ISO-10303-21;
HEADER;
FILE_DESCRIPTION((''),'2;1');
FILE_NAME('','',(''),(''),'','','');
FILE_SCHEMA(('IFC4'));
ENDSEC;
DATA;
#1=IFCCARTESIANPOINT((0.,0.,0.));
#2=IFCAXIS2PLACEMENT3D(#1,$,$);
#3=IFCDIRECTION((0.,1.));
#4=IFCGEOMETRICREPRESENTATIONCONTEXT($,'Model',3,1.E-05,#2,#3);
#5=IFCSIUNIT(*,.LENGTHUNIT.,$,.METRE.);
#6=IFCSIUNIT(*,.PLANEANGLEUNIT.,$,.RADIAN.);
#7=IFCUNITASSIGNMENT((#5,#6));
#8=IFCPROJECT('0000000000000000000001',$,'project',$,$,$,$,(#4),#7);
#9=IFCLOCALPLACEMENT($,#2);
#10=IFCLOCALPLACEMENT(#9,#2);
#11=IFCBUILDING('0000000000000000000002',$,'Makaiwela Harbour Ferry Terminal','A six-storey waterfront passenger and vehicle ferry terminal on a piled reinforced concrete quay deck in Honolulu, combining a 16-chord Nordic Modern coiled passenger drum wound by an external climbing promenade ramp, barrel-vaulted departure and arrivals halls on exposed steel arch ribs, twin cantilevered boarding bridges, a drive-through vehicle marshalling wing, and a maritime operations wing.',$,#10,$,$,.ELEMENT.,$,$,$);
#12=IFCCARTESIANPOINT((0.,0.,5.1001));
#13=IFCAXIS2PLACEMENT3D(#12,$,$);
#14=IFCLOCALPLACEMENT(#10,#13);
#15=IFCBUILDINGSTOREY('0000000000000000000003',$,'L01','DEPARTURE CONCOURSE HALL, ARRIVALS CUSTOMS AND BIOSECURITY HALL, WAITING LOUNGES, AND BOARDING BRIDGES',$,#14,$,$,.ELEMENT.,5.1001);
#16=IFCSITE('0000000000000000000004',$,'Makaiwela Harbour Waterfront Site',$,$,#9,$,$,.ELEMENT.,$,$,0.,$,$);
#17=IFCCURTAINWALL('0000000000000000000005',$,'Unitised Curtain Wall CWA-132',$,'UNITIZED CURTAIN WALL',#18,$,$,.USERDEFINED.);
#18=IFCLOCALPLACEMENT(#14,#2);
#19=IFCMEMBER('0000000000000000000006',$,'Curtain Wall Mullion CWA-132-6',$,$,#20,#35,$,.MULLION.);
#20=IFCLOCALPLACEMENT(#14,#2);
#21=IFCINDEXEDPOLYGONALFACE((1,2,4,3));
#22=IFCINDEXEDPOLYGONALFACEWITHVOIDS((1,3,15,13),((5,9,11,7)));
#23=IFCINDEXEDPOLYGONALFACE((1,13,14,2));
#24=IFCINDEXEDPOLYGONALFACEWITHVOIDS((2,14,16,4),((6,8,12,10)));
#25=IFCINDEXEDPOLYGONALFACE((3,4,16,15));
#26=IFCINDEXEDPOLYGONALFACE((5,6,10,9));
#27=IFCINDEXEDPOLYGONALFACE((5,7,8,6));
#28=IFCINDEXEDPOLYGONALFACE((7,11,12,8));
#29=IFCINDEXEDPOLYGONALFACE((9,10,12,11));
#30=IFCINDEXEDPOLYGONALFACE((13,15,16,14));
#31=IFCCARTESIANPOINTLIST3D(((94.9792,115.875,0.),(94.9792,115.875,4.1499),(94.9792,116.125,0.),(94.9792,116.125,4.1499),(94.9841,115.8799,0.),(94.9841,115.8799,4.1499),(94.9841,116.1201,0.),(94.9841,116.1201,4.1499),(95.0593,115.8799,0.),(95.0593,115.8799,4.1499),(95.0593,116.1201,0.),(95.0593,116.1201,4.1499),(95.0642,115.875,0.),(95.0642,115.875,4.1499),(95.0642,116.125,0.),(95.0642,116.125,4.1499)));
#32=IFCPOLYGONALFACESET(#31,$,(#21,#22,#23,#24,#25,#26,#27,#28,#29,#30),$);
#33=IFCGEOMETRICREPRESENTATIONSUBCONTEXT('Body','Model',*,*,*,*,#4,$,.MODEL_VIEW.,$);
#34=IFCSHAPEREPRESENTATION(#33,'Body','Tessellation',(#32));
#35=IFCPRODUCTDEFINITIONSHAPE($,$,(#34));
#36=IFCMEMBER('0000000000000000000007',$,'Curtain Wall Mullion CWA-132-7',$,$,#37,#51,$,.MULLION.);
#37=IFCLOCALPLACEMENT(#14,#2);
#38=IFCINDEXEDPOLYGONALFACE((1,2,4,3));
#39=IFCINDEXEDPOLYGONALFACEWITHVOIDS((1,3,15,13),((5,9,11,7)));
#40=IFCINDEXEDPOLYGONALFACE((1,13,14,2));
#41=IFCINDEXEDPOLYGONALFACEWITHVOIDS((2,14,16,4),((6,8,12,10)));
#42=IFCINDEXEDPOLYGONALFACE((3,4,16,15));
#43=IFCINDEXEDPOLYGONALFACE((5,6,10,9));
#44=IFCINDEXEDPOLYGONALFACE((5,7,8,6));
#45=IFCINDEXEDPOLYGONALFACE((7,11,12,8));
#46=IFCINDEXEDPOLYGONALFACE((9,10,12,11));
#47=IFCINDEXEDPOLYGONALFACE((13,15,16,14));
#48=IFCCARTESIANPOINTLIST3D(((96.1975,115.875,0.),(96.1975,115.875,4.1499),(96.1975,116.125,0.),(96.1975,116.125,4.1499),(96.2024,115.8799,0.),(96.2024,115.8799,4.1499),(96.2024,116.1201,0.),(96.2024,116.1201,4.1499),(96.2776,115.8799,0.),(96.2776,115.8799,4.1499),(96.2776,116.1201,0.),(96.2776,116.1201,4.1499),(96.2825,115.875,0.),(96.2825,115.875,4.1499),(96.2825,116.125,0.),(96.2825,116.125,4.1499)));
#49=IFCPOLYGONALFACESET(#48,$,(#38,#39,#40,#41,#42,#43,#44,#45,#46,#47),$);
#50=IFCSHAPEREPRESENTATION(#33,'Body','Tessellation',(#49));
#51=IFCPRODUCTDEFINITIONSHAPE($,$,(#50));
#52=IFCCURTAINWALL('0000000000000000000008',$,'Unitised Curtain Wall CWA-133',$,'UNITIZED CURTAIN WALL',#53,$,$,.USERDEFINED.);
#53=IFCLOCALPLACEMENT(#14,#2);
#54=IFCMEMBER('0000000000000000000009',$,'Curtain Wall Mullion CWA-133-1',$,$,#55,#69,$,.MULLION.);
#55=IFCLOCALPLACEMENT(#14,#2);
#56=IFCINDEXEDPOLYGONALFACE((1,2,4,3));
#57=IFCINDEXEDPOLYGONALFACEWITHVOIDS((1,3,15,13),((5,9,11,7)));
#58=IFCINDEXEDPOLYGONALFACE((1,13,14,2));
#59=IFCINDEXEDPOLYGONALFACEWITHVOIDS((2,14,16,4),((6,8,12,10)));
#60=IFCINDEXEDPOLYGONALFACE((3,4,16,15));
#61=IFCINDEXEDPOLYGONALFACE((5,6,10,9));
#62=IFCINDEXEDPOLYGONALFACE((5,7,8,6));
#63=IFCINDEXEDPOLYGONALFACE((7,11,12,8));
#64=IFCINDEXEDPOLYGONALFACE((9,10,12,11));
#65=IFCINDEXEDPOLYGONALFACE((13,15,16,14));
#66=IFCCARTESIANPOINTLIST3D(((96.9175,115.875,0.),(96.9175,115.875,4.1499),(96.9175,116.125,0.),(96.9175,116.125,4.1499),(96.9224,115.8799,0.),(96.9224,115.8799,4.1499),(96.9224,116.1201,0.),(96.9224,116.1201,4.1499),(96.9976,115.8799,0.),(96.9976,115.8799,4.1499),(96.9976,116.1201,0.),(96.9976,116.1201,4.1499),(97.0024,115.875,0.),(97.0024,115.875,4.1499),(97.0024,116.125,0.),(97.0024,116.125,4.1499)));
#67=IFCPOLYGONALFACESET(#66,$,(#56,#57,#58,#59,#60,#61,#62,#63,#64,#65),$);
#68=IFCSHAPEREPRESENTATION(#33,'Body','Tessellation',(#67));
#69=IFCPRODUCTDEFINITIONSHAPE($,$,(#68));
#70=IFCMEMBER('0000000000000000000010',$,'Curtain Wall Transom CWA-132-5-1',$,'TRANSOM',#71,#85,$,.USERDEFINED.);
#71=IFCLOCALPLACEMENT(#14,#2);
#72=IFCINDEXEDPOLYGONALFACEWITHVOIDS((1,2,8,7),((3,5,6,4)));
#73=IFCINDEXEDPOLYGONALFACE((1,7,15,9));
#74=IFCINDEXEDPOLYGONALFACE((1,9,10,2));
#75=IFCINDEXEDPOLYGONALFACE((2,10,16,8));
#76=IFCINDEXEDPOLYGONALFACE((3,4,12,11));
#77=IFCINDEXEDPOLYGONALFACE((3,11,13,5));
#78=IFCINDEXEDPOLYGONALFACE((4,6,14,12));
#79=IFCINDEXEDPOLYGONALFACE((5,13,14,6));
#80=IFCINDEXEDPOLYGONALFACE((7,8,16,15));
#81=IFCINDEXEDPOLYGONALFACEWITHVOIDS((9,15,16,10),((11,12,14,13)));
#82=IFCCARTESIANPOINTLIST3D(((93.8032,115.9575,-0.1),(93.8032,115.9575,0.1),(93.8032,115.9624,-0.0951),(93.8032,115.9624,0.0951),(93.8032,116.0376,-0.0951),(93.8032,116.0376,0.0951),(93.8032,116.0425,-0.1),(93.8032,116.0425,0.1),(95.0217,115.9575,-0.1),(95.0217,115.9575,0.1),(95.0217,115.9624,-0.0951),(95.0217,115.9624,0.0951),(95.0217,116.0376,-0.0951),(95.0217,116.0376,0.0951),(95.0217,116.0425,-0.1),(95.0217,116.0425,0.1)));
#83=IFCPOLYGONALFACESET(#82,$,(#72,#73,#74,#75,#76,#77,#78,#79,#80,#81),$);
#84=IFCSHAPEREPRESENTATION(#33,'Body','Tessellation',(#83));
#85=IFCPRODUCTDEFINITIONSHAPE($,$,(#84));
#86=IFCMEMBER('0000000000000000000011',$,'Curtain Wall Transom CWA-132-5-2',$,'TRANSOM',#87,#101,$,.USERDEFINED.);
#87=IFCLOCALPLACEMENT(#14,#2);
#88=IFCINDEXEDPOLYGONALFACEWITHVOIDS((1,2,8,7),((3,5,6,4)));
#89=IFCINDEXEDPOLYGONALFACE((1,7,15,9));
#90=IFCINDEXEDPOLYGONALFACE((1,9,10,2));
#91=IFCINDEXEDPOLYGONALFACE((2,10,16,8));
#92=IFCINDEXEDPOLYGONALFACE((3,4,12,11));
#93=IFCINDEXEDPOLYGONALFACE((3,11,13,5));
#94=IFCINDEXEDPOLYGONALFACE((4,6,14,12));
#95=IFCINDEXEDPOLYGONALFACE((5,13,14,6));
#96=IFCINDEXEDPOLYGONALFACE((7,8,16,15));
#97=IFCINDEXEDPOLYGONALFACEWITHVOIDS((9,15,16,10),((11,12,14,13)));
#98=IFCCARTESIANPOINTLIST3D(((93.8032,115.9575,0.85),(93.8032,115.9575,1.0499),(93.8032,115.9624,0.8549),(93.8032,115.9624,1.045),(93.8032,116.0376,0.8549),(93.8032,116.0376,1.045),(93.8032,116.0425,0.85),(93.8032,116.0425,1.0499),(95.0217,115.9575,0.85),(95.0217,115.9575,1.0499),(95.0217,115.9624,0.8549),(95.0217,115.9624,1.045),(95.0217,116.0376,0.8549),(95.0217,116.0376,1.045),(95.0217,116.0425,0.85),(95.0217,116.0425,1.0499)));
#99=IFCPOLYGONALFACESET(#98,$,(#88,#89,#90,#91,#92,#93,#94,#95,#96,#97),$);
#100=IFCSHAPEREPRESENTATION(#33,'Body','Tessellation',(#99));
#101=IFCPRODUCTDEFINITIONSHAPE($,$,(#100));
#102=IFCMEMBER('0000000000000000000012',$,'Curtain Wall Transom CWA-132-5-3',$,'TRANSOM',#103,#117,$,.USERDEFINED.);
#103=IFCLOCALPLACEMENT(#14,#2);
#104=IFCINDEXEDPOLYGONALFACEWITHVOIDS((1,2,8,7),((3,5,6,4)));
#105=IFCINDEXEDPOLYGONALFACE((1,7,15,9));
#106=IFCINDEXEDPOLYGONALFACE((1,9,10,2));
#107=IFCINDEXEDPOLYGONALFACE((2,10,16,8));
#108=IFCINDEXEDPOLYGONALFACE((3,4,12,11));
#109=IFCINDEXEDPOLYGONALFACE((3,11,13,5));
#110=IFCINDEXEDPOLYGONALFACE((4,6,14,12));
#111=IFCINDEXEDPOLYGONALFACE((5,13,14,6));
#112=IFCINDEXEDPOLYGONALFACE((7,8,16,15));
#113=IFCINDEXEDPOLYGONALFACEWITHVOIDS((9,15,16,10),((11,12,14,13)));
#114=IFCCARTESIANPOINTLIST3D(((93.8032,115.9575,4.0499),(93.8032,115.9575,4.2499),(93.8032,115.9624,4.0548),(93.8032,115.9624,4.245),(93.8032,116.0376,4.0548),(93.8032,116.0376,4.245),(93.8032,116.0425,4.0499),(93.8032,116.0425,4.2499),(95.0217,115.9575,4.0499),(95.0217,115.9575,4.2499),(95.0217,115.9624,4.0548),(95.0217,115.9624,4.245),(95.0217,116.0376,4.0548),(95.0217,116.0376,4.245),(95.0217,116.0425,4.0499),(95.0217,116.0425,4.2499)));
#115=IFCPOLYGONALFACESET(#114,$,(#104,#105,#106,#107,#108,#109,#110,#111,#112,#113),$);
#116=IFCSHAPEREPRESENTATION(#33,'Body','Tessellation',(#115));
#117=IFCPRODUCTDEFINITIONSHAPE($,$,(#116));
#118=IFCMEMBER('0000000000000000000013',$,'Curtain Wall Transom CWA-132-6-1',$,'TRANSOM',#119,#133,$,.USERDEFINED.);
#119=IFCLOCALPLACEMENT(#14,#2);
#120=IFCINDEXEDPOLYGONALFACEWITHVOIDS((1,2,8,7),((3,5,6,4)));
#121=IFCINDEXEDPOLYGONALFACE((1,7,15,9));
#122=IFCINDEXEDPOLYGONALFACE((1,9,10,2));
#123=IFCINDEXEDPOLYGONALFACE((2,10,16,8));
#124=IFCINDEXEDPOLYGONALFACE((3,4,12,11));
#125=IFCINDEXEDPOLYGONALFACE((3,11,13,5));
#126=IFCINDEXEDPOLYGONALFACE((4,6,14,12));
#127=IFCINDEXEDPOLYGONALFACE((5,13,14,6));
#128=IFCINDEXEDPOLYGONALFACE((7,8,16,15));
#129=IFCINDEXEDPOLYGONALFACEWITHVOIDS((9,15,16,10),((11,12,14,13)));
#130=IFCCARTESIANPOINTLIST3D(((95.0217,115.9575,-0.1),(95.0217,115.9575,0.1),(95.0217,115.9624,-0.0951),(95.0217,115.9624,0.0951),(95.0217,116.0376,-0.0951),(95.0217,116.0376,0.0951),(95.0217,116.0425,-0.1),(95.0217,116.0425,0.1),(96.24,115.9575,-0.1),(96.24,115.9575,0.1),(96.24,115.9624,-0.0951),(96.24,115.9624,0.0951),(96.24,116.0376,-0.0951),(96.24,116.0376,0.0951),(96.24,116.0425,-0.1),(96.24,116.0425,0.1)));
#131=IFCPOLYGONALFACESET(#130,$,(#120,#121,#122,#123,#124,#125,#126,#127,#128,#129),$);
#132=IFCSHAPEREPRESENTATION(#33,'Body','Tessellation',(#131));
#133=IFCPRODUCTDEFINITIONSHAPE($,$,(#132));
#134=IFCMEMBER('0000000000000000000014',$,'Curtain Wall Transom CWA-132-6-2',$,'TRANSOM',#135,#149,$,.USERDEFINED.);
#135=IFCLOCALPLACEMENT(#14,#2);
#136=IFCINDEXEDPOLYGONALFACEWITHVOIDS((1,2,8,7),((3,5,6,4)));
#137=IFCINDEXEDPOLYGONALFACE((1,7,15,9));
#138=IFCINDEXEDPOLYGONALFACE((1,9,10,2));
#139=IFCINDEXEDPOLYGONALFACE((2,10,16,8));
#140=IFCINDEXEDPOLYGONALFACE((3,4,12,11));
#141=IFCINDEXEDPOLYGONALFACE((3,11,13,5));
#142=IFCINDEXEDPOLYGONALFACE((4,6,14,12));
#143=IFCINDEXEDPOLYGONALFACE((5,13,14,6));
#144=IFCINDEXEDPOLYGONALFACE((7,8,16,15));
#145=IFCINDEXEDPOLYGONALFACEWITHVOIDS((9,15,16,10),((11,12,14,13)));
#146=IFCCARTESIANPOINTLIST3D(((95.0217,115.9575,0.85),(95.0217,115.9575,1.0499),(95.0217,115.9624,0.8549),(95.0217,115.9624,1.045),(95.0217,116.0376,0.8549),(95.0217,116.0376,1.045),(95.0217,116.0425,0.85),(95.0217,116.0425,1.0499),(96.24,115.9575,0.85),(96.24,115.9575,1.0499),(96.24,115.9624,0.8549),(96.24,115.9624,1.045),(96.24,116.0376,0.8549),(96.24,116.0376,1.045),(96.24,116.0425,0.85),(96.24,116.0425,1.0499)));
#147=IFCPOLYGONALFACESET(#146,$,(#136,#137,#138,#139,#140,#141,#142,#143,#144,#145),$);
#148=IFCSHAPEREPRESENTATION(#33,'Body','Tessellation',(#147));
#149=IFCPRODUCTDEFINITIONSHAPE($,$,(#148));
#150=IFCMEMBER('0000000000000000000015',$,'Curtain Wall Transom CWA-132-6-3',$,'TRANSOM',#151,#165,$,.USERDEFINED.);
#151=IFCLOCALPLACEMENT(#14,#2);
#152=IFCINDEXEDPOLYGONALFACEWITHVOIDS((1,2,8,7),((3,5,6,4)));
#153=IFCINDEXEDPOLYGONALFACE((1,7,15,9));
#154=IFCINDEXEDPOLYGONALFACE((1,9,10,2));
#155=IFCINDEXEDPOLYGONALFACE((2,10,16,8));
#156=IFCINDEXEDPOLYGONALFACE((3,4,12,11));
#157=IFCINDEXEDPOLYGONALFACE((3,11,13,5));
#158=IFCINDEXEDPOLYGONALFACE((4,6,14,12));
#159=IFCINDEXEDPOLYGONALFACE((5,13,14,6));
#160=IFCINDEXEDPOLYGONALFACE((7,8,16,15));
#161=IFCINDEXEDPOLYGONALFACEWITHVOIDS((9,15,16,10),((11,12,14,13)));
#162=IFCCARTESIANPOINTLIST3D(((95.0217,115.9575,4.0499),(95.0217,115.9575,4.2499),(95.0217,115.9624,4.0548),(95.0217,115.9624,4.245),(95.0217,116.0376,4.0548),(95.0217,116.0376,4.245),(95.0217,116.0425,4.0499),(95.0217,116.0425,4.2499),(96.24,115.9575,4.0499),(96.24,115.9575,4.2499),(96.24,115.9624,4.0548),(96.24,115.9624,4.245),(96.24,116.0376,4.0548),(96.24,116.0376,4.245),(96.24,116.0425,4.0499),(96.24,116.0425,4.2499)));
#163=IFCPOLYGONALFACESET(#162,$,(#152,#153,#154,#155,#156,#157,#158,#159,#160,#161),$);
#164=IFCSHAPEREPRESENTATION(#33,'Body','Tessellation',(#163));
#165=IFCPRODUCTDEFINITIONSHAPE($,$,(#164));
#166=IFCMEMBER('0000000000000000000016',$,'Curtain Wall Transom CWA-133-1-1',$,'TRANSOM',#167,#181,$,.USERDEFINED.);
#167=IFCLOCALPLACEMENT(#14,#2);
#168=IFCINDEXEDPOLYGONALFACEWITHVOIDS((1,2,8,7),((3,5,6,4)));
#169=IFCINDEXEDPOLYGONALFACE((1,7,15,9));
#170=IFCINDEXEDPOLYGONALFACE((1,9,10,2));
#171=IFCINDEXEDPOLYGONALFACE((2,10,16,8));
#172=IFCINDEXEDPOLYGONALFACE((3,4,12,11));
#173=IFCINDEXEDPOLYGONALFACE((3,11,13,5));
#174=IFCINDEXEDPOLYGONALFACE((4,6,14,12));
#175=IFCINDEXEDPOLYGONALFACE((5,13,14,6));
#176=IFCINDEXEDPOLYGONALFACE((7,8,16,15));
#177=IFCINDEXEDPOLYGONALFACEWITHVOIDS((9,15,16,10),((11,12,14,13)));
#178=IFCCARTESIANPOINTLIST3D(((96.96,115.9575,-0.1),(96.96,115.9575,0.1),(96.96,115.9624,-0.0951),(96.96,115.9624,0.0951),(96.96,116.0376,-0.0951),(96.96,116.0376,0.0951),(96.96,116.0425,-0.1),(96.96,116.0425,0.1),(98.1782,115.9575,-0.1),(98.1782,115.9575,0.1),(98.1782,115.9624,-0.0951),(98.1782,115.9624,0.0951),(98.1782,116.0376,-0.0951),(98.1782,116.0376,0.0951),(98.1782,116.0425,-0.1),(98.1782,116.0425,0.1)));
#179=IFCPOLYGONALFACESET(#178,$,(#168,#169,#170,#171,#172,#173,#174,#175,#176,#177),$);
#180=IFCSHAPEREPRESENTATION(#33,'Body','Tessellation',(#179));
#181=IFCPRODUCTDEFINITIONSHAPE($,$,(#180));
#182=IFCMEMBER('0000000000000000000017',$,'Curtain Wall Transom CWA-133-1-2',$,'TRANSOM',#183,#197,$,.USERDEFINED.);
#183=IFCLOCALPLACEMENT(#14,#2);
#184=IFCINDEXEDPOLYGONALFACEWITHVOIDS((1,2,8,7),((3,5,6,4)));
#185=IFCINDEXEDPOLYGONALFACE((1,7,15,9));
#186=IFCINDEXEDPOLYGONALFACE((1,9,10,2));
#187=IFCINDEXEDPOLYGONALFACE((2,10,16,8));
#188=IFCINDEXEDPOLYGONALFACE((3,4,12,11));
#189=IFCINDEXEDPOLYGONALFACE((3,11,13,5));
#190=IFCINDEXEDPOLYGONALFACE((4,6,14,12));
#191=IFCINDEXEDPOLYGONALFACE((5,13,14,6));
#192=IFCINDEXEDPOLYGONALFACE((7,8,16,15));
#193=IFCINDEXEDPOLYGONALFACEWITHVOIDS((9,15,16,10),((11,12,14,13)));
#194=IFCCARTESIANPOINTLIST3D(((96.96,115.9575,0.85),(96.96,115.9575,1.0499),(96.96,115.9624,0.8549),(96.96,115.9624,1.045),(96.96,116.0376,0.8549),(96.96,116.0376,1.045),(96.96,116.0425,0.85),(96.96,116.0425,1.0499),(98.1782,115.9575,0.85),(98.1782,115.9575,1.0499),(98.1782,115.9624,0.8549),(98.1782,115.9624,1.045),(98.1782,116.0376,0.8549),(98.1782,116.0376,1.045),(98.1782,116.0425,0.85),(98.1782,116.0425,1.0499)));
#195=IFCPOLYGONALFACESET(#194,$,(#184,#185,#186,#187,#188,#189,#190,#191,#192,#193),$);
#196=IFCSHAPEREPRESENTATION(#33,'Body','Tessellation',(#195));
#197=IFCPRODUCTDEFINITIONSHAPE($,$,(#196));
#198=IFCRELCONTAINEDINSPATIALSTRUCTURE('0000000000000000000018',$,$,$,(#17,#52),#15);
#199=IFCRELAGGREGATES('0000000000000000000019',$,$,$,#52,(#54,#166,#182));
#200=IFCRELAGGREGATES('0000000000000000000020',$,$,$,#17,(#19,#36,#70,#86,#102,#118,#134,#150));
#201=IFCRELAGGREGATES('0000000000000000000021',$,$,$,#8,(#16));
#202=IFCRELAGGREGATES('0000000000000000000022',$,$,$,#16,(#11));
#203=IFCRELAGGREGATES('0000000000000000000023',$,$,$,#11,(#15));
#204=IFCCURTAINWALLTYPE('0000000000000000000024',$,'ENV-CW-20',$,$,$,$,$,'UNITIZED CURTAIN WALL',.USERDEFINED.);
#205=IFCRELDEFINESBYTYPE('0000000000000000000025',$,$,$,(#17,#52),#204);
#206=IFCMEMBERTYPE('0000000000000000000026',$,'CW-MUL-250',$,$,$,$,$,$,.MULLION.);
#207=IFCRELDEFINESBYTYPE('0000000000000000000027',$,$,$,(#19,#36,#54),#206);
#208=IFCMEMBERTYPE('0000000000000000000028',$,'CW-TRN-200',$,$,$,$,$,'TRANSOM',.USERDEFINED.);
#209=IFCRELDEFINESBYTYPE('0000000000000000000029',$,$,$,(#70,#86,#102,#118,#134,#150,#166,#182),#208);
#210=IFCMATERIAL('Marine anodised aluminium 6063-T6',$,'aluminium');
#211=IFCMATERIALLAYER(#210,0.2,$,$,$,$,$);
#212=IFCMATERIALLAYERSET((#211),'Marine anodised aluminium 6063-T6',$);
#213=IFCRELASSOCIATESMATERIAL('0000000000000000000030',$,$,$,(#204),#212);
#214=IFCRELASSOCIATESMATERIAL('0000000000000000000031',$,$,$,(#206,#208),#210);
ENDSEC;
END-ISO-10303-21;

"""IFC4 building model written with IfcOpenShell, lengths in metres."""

from ifc_helpers import new_model, si_unit, direction, frame, origin, origin_2d, place, context, subcontext, project, spatial, hollow_rectangle, extrude, material, layer, layer_set, material_profile, profile_set, type_object, element, aggregate, save


model = new_model("IFC4")

# Units and contexts
model_context = context("Model", 3, precision=1e-05, world=origin(), true_north=direction((0.0, 1.0)))
body_context = subcontext(model_context, "Body", "Model", "MODEL_VIEW")
ifc_project = project(units=[si_unit("LENGTHUNIT", "METRE"), si_unit("PLANEANGLEUNIT", "RADIAN")], contexts=[model_context])

# Site, building, storey
site_placement = place(None, origin())
site = spatial("IfcSite", under=ifc_project, at=site_placement, Name="Makaiwela Harbour Waterfront Site", CompositionType="ELEMENT", RefElevation=0.0)
building_placement = place(site_placement, origin())
building = spatial("IfcBuilding", under=site, at=building_placement, Name="Makaiwela Harbour Ferry Terminal", Description="A six-storey waterfront passenger and vehicle ferry terminal on a piled reinforced concrete quay deck in Honolulu, combining a 16-chord Nordic Modern coiled passenger drum wound by an external climbing promenade ramp, barrel-vaulted departure and arrivals halls on exposed steel arch ribs, twin cantilevered boarding bridges, a drive-through vehicle marshalling wing, and a maritime operations wing.", CompositionType="ELEMENT")
storey_placement = place(building_placement, frame((0.0, 0.0, 5.1001)))
storey = spatial("IfcBuildingStorey", under=building, at=storey_placement, Name="L01", Description="DEPARTURE CONCOURSE HALL, ARRIVALS CUSTOMS AND BIOSECURITY HALL, WAITING LOUNGES, AND BOARDING BRIDGES", CompositionType="ELEMENT", Elevation=5.1001)

# Curtain wall, members
ifc_material_1 = material(Name="Marine anodised aluminium 6063-T6", Category="aluminium")
ifc_layer_1 = layer(ifc_material_1, 0.2)
ifc_layer_set_1 = layer_set([ifc_layer_1], Name="Marine anodised aluminium 6063-T6")
curtain_wall_type = type_object("IfcCurtainWallType", Name="ENV-CW-20", ElementType="UNITIZED CURTAIN WALL", PredefinedType="USERDEFINED", material=ifc_layer_set_1)
curtain_wall_1_placement = place(storey_placement, origin())
curtain_wall_1 = element("IfcCurtainWall", 1, at=curtain_wall_1_placement, inside=storey, type_object=curtain_wall_type, Name="Unitised Curtain Wall CWA-132", ObjectType="UNITIZED CURTAIN WALL", PredefinedType="USERDEFINED")
ifc_material_profile_1 = material_profile(ifc_material_1, hollow_rectangle(XDim=0.085, YDim=0.25, WallThickness=0.0049, at=origin_2d()), Name="CWM-250X85")
ifc_profile_set_1 = profile_set([ifc_material_profile_1], Name="Marine anodised aluminium 6063-T6")
member_type_1 = type_object("IfcMemberType", Name="CW-MUL-250", PredefinedType="MULLION", material=ifc_profile_set_1)
member_1_placement = place(storey_placement, frame((95.0217, 116.0, 0.0), z_axis=(0.0, 0.0, 1.0), x_axis=(1.0, 0.0, 0.0)))
member_1 = element("IfcMember", 2, at=member_1_placement, type_object=member_type_1, Name="Curtain Wall Mullion CWA-132-6", PredefinedType="MULLION", context=body_context, shape_type="SweptSolid", body=[
    extrude(hollow_rectangle(XDim=0.085, YDim=0.25, WallThickness=0.0049, at=origin_2d()), origin(), (0.0, 0.0, 1.0), 4.1499),
])
member_2_placement = place(storey_placement, frame((96.24, 116.0, 0.0), z_axis=(0.0, 0.0, 1.0), x_axis=(1.0, 0.0, 0.0)))
member_2 = element("IfcMember", 3, at=member_2_placement, type_object=member_type_1, Name="Curtain Wall Mullion CWA-132-7", PredefinedType="MULLION", context=body_context, shape_type="SweptSolid", body=[
    extrude(hollow_rectangle(XDim=0.085, YDim=0.25, WallThickness=0.0049, at=origin_2d()), origin(), (0.0, 0.0, 1.0), 4.1499),
])

# Curtain wall, member
curtain_wall_2_placement = place(storey_placement, origin())
curtain_wall_2 = element("IfcCurtainWall", 4, at=curtain_wall_2_placement, inside=storey, type_object=curtain_wall_type, Name="Unitised Curtain Wall CWA-133", ObjectType="UNITIZED CURTAIN WALL", PredefinedType="USERDEFINED")
member_3_placement = place(storey_placement, frame((96.96, 116.0, 0.0), z_axis=(0.0, 0.0, 1.0), x_axis=(1.0, 0.0, 0.0)))
member_3 = element("IfcMember", 5, at=member_3_placement, type_object=member_type_1, Name="Curtain Wall Mullion CWA-133-1", PredefinedType="MULLION", context=body_context, shape_type="SweptSolid", body=[
    extrude(hollow_rectangle(XDim=0.085, YDim=0.25, WallThickness=0.0049, at=origin_2d()), origin(), (0.0, 0.0, 1.0), 4.1499),
])

# Members
ifc_material_profile_2 = material_profile(ifc_material_1, hollow_rectangle(XDim=0.085, YDim=0.2, WallThickness=0.0049, at=origin_2d()), Name="CWT-200X85")
ifc_profile_set_2 = profile_set([ifc_material_profile_2], Name="Marine anodised aluminium 6063-T6")
member_type_2 = type_object("IfcMemberType", Name="CW-TRN-200", ElementType="TRANSOM", PredefinedType="USERDEFINED", material=ifc_profile_set_2)
member_4_placement = place(storey_placement, frame((93.8032, 116.0, 0.0), z_axis=(1.0, 0.0, 0.0), x_axis=(0.0, 1.0, 0.0)))
member_4 = element("IfcMember", 6, at=member_4_placement, type_object=member_type_2, Name="Curtain Wall Transom CWA-132-5-1", ObjectType="TRANSOM", PredefinedType="USERDEFINED", context=body_context, shape_type="SweptSolid", body=[
    extrude(hollow_rectangle(XDim=0.085, YDim=0.2, WallThickness=0.0049, at=origin_2d()), origin(), (0.0, 0.0, 1.0), 1.2185),
])
member_5_placement = place(storey_placement, frame((93.8032, 116.0, 0.95), z_axis=(1.0, 0.0, 0.0), x_axis=(0.0, 1.0, 0.0)))
member_5 = element("IfcMember", 7, at=member_5_placement, type_object=member_type_2, Name="Curtain Wall Transom CWA-132-5-2", ObjectType="TRANSOM", PredefinedType="USERDEFINED", context=body_context, shape_type="SweptSolid", body=[
    extrude(hollow_rectangle(XDim=0.085, YDim=0.2, WallThickness=0.0049, at=origin_2d()), origin(), (0.0, 0.0, 1.0), 1.2185),
])
member_6_placement = place(storey_placement, frame((93.8032, 116.0, 4.1499), z_axis=(1.0, 0.0, 0.0), x_axis=(0.0, 1.0, 0.0)))
member_6 = element("IfcMember", 8, at=member_6_placement, type_object=member_type_2, Name="Curtain Wall Transom CWA-132-5-3", ObjectType="TRANSOM", PredefinedType="USERDEFINED", context=body_context, shape_type="SweptSolid", body=[
    extrude(hollow_rectangle(XDim=0.085, YDim=0.2, WallThickness=0.0049, at=origin_2d()), origin(), (0.0, 0.0, 1.0), 1.2185),
])
member_7_placement = place(storey_placement, frame((95.0217, 116.0, 0.0), z_axis=(1.0, 0.0, 0.0), x_axis=(0.0, 1.0, 0.0)))
member_7 = element("IfcMember", 9, at=member_7_placement, type_object=member_type_2, Name="Curtain Wall Transom CWA-132-6-1", ObjectType="TRANSOM", PredefinedType="USERDEFINED", context=body_context, shape_type="SweptSolid", body=[
    extrude(hollow_rectangle(XDim=0.085, YDim=0.2, WallThickness=0.0049, at=origin_2d()), origin(), (0.0, 0.0, 1.0), 1.2183),
])
member_8_placement = place(storey_placement, frame((95.0217, 116.0, 0.95), z_axis=(1.0, 0.0, 0.0), x_axis=(0.0, 1.0, 0.0)))
member_8 = element("IfcMember", 10, at=member_8_placement, type_object=member_type_2, Name="Curtain Wall Transom CWA-132-6-2", ObjectType="TRANSOM", PredefinedType="USERDEFINED", context=body_context, shape_type="SweptSolid", body=[
    extrude(hollow_rectangle(XDim=0.085, YDim=0.2, WallThickness=0.0049, at=origin_2d()), origin(), (0.0, 0.0, 1.0), 1.2183),
])
member_9_placement = place(storey_placement, frame((95.0217, 116.0, 4.1499), z_axis=(1.0, 0.0, 0.0), x_axis=(0.0, 1.0, 0.0)))
member_9 = element("IfcMember", 11, at=member_9_placement, type_object=member_type_2, Name="Curtain Wall Transom CWA-132-6-3", ObjectType="TRANSOM", PredefinedType="USERDEFINED", context=body_context, shape_type="SweptSolid", body=[
    extrude(hollow_rectangle(XDim=0.085, YDim=0.2, WallThickness=0.0049, at=origin_2d()), origin(), (0.0, 0.0, 1.0), 1.2183),
])
member_10_placement = place(storey_placement, frame((96.96, 116.0, 0.0), z_axis=(1.0, 0.0, 0.0), x_axis=(0.0, 1.0, 0.0)))
member_10 = element("IfcMember", 12, at=member_10_placement, type_object=member_type_2, Name="Curtain Wall Transom CWA-133-1-1", ObjectType="TRANSOM", PredefinedType="USERDEFINED", context=body_context, shape_type="SweptSolid", body=[
    extrude(hollow_rectangle(XDim=0.085, YDim=0.2, WallThickness=0.0049, at=origin_2d()), origin(), (0.0, 0.0, 1.0), 1.2183),
])
member_11_placement = place(storey_placement, frame((96.96, 116.0, 0.95), z_axis=(1.0, 0.0, 0.0), x_axis=(0.0, 1.0, 0.0)))
member_11 = element("IfcMember", 13, at=member_11_placement, type_object=member_type_2, Name="Curtain Wall Transom CWA-133-1-2", ObjectType="TRANSOM", PredefinedType="USERDEFINED", context=body_context, shape_type="SweptSolid", body=[
    extrude(hollow_rectangle(XDim=0.085, YDim=0.2, WallThickness=0.0049, at=origin_2d()), origin(), (0.0, 0.0, 1.0), 1.2183),
])
aggregate(curtain_wall_2, [member_3, member_10, member_11])

aggregate(curtain_wall_1, [member_1, member_2, member_4, member_5, member_6, member_7, member_8, member_9])

save(model, "model.ifc")
